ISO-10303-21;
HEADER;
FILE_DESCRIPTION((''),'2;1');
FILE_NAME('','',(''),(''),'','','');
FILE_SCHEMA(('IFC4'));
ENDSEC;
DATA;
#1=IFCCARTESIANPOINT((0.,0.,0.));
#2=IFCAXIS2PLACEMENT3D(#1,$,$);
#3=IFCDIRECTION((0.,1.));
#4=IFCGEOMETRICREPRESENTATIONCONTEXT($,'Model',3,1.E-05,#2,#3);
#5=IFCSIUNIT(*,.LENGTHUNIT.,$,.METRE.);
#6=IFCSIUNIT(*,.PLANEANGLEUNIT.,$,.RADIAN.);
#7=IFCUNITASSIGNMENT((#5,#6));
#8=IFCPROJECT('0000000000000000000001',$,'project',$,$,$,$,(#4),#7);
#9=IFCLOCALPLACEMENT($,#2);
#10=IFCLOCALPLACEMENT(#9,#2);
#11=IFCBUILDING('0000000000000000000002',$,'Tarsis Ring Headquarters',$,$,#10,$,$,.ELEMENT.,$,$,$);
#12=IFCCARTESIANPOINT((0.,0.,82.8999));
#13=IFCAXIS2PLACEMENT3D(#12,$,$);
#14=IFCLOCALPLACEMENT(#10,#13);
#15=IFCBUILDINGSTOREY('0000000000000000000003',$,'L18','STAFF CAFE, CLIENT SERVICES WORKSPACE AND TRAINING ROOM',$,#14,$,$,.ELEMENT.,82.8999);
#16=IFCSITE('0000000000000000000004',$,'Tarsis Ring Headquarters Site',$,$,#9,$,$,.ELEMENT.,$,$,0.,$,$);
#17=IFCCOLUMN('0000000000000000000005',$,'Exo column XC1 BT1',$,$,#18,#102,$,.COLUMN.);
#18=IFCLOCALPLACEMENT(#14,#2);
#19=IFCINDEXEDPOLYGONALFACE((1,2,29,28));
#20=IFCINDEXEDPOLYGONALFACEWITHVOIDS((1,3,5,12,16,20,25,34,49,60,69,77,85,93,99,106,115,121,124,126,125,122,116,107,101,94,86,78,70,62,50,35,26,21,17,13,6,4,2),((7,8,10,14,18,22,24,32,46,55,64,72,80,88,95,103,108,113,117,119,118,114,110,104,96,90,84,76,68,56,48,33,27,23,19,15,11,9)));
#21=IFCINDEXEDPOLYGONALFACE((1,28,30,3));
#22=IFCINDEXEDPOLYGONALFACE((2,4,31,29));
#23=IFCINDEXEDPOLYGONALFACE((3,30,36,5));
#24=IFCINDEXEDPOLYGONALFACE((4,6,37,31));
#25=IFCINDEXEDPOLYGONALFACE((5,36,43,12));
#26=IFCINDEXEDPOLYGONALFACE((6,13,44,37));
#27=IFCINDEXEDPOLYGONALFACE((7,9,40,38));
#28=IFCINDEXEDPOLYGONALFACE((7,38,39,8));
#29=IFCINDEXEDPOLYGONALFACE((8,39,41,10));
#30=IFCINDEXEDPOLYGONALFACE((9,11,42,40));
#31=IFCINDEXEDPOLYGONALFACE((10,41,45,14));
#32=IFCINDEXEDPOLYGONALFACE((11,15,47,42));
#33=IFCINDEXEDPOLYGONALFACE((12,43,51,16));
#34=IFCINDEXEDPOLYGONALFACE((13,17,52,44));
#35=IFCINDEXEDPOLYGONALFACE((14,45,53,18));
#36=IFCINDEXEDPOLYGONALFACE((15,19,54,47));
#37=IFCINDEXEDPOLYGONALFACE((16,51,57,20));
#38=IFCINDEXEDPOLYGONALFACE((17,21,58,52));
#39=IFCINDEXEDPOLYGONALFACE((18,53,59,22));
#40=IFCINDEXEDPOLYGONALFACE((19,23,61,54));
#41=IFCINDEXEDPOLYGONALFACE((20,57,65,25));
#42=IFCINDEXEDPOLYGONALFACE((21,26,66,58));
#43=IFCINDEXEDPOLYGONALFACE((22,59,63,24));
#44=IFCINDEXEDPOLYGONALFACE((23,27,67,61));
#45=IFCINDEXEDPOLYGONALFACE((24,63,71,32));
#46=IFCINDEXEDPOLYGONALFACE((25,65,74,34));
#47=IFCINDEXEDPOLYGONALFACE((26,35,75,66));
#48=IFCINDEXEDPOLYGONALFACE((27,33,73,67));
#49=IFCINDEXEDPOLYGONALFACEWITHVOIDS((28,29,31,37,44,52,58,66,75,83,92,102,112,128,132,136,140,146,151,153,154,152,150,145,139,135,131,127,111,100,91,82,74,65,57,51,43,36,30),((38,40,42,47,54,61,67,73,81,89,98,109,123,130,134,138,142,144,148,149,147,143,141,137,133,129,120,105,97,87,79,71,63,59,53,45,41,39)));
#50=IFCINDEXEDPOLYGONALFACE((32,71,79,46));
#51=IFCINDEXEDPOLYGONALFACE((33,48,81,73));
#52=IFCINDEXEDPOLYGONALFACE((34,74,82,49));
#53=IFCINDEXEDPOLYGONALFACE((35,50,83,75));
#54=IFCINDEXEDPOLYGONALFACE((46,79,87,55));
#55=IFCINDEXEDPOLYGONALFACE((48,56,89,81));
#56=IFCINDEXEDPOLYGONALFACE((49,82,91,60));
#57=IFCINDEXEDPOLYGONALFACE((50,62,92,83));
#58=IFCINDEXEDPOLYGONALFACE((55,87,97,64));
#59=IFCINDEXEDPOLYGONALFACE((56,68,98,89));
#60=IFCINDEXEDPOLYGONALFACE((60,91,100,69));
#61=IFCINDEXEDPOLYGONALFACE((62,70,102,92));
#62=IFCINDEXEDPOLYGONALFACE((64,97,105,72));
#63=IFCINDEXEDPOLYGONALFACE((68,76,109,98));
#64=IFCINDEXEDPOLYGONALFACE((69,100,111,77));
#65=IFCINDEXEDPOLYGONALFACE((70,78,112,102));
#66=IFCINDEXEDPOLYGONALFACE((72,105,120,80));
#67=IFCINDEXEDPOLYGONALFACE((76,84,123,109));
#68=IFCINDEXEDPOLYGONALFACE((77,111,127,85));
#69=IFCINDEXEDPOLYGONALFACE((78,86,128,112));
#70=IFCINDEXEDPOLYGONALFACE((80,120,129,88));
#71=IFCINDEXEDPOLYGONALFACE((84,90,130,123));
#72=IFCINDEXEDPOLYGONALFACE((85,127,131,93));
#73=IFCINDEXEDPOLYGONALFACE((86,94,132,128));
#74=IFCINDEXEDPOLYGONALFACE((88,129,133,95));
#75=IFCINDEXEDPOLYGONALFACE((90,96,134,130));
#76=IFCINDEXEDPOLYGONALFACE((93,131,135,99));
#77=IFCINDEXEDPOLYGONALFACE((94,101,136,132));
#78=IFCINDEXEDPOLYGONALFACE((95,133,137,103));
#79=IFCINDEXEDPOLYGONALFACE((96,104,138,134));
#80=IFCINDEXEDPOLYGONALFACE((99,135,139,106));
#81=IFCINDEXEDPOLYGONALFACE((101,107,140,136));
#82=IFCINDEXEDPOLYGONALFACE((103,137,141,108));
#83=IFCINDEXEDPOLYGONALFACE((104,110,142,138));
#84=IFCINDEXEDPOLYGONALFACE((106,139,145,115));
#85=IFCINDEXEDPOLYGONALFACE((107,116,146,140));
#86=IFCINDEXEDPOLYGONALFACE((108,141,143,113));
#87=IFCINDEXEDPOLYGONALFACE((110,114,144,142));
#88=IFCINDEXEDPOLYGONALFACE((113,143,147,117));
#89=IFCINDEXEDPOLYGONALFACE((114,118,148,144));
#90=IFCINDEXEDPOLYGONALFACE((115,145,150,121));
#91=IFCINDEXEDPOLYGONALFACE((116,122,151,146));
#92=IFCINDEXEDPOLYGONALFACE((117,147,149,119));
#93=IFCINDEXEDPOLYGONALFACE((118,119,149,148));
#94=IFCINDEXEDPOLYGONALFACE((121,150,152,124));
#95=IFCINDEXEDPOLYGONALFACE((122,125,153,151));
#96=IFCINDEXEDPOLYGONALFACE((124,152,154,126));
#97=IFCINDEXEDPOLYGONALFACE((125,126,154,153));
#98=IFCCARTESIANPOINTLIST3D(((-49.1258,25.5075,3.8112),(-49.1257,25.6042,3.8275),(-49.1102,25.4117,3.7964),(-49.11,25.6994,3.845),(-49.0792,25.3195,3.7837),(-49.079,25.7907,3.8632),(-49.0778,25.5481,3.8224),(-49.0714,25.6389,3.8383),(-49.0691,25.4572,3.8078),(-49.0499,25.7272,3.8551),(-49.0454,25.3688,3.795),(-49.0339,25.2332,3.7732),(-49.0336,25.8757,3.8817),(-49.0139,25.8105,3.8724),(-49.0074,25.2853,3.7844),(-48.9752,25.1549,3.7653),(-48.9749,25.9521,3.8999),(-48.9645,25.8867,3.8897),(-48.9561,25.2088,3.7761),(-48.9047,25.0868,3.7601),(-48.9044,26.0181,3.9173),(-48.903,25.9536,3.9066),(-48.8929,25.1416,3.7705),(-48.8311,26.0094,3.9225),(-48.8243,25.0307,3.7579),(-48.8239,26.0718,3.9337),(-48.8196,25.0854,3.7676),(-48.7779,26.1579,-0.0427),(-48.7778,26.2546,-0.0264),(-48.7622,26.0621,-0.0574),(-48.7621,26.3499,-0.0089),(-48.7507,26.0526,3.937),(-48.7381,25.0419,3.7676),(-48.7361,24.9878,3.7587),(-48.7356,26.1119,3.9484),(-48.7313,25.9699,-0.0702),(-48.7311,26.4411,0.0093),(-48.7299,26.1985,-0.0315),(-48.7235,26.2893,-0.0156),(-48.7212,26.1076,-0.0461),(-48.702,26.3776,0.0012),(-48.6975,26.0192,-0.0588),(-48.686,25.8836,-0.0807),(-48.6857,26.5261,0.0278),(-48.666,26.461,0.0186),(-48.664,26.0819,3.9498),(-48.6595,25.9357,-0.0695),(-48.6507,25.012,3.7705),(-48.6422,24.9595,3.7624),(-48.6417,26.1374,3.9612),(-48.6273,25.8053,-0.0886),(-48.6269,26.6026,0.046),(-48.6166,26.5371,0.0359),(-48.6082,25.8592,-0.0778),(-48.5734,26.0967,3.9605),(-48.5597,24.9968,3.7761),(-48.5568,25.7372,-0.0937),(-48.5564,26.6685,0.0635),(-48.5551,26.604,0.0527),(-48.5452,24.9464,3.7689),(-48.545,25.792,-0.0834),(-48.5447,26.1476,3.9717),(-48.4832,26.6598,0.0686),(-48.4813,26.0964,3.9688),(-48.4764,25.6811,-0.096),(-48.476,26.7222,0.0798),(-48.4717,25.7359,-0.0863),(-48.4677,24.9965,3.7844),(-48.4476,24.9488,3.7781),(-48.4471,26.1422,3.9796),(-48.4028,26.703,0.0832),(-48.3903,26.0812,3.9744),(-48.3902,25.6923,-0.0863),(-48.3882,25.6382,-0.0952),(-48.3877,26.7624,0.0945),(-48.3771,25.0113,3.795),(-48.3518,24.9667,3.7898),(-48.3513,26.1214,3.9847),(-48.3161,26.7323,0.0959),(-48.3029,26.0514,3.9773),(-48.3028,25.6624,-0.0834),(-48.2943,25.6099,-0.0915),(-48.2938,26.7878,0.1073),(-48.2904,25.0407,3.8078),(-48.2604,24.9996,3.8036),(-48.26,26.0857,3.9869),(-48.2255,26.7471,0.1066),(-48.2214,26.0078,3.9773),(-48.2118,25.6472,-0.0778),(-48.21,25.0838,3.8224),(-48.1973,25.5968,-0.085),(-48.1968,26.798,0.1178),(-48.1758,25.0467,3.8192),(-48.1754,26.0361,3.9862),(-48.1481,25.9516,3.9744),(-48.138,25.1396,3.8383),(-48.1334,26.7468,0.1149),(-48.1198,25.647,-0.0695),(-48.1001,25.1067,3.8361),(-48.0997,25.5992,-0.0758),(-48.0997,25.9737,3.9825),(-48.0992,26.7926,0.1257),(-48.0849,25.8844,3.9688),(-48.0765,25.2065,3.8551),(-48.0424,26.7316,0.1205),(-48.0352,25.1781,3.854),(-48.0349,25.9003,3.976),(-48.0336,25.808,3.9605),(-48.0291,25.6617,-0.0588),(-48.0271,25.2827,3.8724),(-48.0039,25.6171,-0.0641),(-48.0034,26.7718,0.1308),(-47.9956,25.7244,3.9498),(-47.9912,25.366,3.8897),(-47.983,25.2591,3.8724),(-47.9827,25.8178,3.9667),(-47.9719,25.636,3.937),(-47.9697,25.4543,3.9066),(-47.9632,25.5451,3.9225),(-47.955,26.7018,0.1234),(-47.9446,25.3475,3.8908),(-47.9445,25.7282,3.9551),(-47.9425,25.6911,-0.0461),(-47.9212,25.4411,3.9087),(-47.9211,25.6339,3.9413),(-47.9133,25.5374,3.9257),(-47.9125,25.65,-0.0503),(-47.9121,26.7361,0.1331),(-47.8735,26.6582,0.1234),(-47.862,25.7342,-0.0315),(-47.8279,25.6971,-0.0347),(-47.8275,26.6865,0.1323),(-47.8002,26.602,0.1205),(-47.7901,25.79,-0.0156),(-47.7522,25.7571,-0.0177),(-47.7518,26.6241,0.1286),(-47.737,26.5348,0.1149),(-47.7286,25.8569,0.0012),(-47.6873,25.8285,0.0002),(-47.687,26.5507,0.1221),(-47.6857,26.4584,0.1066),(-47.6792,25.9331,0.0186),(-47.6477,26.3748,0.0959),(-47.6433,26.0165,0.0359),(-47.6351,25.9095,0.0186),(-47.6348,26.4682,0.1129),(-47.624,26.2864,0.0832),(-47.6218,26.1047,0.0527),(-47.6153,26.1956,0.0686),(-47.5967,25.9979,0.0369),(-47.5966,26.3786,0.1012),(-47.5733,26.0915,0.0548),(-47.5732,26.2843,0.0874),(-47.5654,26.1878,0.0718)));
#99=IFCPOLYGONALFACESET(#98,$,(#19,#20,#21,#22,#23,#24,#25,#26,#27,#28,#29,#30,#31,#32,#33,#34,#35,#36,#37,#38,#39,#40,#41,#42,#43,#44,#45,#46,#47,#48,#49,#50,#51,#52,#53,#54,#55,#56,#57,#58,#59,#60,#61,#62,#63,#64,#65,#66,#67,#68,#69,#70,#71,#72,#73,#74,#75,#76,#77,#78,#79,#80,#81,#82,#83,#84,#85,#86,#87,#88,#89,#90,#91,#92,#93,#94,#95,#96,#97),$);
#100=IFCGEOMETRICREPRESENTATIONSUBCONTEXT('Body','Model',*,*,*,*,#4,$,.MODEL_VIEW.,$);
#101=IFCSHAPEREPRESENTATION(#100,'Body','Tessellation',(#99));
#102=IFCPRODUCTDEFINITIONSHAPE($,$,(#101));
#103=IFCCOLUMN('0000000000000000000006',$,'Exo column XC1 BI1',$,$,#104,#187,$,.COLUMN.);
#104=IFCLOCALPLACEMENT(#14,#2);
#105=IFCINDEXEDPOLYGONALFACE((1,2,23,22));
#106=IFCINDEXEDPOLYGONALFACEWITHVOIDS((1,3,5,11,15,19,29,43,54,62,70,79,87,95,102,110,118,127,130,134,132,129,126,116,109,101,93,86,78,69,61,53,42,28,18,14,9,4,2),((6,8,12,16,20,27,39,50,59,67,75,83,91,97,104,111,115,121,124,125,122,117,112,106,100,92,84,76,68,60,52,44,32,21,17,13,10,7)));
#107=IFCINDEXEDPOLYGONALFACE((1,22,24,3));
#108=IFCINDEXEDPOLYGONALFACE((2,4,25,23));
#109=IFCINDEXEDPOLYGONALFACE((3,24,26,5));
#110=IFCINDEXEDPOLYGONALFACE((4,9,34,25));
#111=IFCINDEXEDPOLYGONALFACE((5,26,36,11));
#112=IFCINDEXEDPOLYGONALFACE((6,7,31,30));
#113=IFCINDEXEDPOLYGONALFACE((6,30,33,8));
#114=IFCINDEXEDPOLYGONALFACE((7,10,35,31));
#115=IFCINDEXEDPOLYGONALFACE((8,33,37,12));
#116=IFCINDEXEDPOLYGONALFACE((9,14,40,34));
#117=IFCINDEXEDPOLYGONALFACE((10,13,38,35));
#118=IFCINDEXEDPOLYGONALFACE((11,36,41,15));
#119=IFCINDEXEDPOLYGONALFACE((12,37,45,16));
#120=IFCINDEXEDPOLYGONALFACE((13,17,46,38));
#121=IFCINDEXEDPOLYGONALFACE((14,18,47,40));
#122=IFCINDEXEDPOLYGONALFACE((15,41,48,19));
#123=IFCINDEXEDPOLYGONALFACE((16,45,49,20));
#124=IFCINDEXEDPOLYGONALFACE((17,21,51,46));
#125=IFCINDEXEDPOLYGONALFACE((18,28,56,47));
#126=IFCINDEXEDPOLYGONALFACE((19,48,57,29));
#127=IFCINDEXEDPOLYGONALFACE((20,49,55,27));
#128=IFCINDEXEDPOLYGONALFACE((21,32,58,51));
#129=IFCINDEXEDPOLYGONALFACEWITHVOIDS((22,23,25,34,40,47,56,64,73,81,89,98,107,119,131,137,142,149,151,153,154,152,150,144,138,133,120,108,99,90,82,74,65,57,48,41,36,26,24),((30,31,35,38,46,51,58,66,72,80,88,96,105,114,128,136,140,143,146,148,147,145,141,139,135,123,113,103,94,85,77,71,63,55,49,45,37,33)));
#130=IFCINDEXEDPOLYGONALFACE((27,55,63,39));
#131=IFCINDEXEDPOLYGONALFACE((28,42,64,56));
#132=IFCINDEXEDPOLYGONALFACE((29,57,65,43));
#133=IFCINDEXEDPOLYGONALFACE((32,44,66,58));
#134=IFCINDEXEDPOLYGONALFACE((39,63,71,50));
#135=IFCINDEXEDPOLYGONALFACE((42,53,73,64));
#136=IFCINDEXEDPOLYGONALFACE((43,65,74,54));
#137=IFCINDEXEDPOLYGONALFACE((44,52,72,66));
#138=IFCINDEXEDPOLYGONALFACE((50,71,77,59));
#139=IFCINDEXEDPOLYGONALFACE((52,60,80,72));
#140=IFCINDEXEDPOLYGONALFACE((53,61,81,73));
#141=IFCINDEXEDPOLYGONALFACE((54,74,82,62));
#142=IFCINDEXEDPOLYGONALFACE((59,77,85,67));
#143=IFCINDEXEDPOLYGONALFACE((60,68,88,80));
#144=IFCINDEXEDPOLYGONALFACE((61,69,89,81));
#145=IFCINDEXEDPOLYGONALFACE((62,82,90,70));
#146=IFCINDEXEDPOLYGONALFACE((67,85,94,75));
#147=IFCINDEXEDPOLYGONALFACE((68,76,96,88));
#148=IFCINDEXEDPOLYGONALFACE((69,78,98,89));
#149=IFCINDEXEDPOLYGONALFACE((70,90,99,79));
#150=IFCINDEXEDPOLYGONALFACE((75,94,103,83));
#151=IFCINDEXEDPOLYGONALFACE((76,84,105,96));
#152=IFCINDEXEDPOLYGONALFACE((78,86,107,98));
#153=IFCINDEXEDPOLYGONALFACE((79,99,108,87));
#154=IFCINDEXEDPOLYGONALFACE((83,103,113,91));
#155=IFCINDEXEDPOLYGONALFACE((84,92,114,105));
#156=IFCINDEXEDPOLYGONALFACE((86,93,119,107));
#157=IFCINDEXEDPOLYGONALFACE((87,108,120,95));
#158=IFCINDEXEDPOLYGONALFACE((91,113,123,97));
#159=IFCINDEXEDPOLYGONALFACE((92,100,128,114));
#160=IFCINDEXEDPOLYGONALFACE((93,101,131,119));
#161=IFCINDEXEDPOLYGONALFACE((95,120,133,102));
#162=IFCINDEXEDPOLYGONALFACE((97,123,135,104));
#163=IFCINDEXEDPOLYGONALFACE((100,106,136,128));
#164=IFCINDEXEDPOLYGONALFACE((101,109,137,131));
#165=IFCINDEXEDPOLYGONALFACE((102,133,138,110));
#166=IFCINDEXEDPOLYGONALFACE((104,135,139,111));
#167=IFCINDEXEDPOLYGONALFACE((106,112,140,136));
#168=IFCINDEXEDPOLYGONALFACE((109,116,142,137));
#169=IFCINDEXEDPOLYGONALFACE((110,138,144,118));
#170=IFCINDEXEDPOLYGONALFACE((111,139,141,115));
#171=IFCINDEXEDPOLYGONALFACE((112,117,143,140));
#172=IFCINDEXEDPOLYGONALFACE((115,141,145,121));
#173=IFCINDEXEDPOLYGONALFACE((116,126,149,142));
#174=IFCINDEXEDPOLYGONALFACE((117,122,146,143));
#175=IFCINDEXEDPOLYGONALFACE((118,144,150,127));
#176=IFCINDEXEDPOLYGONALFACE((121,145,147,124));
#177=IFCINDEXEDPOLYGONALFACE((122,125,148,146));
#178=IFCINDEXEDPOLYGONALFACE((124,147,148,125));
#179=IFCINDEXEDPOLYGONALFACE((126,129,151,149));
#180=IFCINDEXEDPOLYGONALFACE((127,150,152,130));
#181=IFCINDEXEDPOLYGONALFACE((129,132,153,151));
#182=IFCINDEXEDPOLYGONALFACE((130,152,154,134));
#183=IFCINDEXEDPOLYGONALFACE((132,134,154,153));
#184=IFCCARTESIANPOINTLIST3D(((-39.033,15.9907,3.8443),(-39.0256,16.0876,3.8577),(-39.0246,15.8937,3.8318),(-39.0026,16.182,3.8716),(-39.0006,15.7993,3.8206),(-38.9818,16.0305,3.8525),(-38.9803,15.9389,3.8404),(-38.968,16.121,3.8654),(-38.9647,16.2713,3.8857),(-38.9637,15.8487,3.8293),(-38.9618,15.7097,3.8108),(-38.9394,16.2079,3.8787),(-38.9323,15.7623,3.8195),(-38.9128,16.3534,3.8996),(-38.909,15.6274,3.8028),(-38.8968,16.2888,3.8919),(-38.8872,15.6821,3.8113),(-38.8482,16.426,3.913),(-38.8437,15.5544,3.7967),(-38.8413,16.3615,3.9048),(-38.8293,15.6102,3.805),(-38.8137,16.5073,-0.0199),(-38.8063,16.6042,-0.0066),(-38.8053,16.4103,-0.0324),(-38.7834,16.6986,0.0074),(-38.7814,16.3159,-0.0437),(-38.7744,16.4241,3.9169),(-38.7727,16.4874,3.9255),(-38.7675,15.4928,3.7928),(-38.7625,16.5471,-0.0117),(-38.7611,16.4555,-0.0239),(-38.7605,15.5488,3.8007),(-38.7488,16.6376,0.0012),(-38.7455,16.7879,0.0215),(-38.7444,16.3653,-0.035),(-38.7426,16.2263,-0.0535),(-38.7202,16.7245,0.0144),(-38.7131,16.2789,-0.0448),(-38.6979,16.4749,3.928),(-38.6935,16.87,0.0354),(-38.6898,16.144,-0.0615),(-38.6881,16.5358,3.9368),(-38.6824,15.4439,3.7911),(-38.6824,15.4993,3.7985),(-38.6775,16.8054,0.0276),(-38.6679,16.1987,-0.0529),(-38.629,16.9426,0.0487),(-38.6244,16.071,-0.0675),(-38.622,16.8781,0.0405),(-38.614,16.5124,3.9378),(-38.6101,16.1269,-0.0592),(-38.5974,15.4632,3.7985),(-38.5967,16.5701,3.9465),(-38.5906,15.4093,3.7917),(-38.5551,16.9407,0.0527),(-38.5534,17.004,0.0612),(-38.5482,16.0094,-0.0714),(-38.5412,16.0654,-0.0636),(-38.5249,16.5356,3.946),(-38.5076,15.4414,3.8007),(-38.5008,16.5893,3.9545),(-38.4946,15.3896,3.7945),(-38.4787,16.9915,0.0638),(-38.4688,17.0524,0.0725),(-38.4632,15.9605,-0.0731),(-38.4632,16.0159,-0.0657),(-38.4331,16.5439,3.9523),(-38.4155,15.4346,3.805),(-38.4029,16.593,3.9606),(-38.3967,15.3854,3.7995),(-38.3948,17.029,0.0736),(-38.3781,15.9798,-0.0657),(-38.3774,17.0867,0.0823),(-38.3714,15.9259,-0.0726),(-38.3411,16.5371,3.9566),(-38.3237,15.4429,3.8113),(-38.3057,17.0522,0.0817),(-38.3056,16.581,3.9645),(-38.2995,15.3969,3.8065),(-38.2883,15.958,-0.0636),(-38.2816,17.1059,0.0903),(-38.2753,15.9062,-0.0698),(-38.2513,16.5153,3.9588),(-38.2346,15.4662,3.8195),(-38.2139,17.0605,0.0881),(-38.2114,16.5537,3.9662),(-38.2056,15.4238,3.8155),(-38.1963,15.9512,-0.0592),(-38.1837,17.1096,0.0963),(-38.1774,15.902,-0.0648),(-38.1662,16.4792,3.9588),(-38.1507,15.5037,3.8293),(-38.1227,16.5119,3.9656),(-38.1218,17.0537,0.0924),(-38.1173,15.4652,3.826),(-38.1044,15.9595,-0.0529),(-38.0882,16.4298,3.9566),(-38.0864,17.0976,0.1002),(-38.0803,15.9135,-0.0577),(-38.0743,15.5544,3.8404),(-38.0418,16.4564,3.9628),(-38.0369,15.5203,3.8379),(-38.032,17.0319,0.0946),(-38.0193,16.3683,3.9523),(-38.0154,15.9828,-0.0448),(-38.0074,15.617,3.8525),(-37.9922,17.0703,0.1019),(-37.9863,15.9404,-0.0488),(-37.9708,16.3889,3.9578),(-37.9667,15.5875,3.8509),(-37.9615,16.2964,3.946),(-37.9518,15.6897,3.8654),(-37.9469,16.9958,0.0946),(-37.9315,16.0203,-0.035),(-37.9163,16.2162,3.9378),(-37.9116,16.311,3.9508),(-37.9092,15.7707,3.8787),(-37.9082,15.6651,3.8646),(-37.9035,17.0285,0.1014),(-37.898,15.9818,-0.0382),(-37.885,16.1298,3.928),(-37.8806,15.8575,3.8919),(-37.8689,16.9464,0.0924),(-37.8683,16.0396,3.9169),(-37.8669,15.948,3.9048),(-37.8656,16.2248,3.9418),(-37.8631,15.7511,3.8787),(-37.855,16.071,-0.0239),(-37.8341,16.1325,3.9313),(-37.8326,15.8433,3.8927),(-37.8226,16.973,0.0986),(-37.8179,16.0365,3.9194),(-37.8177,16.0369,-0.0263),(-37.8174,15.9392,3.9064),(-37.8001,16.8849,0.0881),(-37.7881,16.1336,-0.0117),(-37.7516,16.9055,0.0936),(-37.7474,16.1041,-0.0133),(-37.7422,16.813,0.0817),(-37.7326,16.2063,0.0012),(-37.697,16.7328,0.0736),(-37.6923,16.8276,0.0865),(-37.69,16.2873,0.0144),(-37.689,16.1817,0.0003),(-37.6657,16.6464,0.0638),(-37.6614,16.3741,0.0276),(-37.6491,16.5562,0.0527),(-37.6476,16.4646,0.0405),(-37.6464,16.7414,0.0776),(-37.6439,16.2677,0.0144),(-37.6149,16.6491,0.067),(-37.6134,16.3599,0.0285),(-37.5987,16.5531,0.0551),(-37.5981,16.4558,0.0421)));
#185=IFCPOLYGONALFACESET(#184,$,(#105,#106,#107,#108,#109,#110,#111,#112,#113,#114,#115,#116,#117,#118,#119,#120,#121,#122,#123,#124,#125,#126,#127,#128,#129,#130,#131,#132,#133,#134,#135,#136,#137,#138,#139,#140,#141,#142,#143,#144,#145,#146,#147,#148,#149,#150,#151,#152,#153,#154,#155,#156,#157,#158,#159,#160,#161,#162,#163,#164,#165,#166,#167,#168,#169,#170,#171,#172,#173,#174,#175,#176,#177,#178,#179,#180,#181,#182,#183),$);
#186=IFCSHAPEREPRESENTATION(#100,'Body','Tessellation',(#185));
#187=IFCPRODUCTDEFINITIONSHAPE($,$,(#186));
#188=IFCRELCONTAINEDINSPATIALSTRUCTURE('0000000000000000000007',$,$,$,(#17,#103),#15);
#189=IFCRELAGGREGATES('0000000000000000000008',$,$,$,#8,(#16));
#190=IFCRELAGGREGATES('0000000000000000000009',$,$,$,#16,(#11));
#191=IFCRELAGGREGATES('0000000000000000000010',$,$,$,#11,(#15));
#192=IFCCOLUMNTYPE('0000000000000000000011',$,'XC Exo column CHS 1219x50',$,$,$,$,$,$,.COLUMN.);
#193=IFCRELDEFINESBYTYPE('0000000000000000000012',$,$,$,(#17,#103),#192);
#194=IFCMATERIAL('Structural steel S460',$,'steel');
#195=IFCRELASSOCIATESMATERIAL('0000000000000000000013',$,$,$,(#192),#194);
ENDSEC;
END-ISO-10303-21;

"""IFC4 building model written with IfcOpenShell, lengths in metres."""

from ifc_helpers import new_model, si_unit, direction, frame, origin, origin_2d, place, context, subcontext, project, spatial, hollow_circle, extrude, material, material_profile, profile_set, type_object, element, save


model = new_model("IFC4")

# Units and contexts
model_context = context("Model", 3, precision=1e-05, world=origin(), true_north=direction((0.0, 1.0)))
body_context = subcontext(model_context, "Body", "Model", "MODEL_VIEW")
ifc_project = project(units=[si_unit("LENGTHUNIT", "METRE"), si_unit("PLANEANGLEUNIT", "RADIAN")], contexts=[model_context])

# Site, building, storey
site_placement = place(None, origin())
site = spatial("IfcSite", under=ifc_project, at=site_placement, Name="Tarsis Ring Headquarters Site", CompositionType="ELEMENT", RefElevation=0.0)
building_placement = place(site_placement, origin())
building = spatial("IfcBuilding", under=site, at=building_placement, Name="Tarsis Ring Headquarters", CompositionType="ELEMENT")
storey_placement = place(building_placement, frame((0.0, 0.0, 82.8999)))
storey = spatial("IfcBuildingStorey", under=building, at=storey_placement, Name="L18", Description="STAFF CAFE, CLIENT SERVICES WORKSPACE AND TRAINING ROOM", CompositionType="ELEMENT", Elevation=82.8999)

# Columns
ifc_material_1 = material(Name="Structural steel S460", Category="steel")
ifc_material_profile_1 = material_profile(ifc_material_1, hollow_circle(Radius=0.6096, WallThickness=0.05, at=origin_2d()), Name="CHS 1219x50")
ifc_profile_set_1 = profile_set([ifc_material_profile_1], Name="Structural steel S460")
column_type = type_object("IfcColumnType", Name="XC Exo column CHS 1219x50", PredefinedType="COLUMN", material=ifc_profile_set_1)
column_1_placement = place(storey_placement, frame((-48.1726, 26.197, 0.0186), z_axis=(-0.088666, -0.165759, 0.982172), x_axis=(0.881775, -0.47167, 0.0)))
element("IfcColumn", 1, at=column_1_placement, inside=storey, type_object=column_type, Name="Exo column XC1 BT1", PredefinedType="COLUMN", context=body_context, shape_type="SweptSolid", body=[
    extrude(hollow_circle(Radius=0.6096, WallThickness=0.05, at=origin_2d()), origin(), (0.0, 0.0, 1.0), 3.9238),
])
column_2_placement = place(storey_placement, frame((-38.2051, 16.5059, 0.0144), z_axis=(-0.056146, -0.132299, 0.989618), x_axis=(0.920534, -0.390662, 0.0)))
element("IfcColumn", 2, at=column_2_placement, inside=storey, type_object=column_type, Name="Exo column XC1 BI1", PredefinedType="COLUMN", context=body_context, shape_type="SweptSolid", body=[
    extrude(hollow_circle(Radius=0.6096, WallThickness=0.05, at=origin_2d()), origin(), (0.0, 0.0, 1.0), 3.9048),
])

save(model, "model.ifc")
